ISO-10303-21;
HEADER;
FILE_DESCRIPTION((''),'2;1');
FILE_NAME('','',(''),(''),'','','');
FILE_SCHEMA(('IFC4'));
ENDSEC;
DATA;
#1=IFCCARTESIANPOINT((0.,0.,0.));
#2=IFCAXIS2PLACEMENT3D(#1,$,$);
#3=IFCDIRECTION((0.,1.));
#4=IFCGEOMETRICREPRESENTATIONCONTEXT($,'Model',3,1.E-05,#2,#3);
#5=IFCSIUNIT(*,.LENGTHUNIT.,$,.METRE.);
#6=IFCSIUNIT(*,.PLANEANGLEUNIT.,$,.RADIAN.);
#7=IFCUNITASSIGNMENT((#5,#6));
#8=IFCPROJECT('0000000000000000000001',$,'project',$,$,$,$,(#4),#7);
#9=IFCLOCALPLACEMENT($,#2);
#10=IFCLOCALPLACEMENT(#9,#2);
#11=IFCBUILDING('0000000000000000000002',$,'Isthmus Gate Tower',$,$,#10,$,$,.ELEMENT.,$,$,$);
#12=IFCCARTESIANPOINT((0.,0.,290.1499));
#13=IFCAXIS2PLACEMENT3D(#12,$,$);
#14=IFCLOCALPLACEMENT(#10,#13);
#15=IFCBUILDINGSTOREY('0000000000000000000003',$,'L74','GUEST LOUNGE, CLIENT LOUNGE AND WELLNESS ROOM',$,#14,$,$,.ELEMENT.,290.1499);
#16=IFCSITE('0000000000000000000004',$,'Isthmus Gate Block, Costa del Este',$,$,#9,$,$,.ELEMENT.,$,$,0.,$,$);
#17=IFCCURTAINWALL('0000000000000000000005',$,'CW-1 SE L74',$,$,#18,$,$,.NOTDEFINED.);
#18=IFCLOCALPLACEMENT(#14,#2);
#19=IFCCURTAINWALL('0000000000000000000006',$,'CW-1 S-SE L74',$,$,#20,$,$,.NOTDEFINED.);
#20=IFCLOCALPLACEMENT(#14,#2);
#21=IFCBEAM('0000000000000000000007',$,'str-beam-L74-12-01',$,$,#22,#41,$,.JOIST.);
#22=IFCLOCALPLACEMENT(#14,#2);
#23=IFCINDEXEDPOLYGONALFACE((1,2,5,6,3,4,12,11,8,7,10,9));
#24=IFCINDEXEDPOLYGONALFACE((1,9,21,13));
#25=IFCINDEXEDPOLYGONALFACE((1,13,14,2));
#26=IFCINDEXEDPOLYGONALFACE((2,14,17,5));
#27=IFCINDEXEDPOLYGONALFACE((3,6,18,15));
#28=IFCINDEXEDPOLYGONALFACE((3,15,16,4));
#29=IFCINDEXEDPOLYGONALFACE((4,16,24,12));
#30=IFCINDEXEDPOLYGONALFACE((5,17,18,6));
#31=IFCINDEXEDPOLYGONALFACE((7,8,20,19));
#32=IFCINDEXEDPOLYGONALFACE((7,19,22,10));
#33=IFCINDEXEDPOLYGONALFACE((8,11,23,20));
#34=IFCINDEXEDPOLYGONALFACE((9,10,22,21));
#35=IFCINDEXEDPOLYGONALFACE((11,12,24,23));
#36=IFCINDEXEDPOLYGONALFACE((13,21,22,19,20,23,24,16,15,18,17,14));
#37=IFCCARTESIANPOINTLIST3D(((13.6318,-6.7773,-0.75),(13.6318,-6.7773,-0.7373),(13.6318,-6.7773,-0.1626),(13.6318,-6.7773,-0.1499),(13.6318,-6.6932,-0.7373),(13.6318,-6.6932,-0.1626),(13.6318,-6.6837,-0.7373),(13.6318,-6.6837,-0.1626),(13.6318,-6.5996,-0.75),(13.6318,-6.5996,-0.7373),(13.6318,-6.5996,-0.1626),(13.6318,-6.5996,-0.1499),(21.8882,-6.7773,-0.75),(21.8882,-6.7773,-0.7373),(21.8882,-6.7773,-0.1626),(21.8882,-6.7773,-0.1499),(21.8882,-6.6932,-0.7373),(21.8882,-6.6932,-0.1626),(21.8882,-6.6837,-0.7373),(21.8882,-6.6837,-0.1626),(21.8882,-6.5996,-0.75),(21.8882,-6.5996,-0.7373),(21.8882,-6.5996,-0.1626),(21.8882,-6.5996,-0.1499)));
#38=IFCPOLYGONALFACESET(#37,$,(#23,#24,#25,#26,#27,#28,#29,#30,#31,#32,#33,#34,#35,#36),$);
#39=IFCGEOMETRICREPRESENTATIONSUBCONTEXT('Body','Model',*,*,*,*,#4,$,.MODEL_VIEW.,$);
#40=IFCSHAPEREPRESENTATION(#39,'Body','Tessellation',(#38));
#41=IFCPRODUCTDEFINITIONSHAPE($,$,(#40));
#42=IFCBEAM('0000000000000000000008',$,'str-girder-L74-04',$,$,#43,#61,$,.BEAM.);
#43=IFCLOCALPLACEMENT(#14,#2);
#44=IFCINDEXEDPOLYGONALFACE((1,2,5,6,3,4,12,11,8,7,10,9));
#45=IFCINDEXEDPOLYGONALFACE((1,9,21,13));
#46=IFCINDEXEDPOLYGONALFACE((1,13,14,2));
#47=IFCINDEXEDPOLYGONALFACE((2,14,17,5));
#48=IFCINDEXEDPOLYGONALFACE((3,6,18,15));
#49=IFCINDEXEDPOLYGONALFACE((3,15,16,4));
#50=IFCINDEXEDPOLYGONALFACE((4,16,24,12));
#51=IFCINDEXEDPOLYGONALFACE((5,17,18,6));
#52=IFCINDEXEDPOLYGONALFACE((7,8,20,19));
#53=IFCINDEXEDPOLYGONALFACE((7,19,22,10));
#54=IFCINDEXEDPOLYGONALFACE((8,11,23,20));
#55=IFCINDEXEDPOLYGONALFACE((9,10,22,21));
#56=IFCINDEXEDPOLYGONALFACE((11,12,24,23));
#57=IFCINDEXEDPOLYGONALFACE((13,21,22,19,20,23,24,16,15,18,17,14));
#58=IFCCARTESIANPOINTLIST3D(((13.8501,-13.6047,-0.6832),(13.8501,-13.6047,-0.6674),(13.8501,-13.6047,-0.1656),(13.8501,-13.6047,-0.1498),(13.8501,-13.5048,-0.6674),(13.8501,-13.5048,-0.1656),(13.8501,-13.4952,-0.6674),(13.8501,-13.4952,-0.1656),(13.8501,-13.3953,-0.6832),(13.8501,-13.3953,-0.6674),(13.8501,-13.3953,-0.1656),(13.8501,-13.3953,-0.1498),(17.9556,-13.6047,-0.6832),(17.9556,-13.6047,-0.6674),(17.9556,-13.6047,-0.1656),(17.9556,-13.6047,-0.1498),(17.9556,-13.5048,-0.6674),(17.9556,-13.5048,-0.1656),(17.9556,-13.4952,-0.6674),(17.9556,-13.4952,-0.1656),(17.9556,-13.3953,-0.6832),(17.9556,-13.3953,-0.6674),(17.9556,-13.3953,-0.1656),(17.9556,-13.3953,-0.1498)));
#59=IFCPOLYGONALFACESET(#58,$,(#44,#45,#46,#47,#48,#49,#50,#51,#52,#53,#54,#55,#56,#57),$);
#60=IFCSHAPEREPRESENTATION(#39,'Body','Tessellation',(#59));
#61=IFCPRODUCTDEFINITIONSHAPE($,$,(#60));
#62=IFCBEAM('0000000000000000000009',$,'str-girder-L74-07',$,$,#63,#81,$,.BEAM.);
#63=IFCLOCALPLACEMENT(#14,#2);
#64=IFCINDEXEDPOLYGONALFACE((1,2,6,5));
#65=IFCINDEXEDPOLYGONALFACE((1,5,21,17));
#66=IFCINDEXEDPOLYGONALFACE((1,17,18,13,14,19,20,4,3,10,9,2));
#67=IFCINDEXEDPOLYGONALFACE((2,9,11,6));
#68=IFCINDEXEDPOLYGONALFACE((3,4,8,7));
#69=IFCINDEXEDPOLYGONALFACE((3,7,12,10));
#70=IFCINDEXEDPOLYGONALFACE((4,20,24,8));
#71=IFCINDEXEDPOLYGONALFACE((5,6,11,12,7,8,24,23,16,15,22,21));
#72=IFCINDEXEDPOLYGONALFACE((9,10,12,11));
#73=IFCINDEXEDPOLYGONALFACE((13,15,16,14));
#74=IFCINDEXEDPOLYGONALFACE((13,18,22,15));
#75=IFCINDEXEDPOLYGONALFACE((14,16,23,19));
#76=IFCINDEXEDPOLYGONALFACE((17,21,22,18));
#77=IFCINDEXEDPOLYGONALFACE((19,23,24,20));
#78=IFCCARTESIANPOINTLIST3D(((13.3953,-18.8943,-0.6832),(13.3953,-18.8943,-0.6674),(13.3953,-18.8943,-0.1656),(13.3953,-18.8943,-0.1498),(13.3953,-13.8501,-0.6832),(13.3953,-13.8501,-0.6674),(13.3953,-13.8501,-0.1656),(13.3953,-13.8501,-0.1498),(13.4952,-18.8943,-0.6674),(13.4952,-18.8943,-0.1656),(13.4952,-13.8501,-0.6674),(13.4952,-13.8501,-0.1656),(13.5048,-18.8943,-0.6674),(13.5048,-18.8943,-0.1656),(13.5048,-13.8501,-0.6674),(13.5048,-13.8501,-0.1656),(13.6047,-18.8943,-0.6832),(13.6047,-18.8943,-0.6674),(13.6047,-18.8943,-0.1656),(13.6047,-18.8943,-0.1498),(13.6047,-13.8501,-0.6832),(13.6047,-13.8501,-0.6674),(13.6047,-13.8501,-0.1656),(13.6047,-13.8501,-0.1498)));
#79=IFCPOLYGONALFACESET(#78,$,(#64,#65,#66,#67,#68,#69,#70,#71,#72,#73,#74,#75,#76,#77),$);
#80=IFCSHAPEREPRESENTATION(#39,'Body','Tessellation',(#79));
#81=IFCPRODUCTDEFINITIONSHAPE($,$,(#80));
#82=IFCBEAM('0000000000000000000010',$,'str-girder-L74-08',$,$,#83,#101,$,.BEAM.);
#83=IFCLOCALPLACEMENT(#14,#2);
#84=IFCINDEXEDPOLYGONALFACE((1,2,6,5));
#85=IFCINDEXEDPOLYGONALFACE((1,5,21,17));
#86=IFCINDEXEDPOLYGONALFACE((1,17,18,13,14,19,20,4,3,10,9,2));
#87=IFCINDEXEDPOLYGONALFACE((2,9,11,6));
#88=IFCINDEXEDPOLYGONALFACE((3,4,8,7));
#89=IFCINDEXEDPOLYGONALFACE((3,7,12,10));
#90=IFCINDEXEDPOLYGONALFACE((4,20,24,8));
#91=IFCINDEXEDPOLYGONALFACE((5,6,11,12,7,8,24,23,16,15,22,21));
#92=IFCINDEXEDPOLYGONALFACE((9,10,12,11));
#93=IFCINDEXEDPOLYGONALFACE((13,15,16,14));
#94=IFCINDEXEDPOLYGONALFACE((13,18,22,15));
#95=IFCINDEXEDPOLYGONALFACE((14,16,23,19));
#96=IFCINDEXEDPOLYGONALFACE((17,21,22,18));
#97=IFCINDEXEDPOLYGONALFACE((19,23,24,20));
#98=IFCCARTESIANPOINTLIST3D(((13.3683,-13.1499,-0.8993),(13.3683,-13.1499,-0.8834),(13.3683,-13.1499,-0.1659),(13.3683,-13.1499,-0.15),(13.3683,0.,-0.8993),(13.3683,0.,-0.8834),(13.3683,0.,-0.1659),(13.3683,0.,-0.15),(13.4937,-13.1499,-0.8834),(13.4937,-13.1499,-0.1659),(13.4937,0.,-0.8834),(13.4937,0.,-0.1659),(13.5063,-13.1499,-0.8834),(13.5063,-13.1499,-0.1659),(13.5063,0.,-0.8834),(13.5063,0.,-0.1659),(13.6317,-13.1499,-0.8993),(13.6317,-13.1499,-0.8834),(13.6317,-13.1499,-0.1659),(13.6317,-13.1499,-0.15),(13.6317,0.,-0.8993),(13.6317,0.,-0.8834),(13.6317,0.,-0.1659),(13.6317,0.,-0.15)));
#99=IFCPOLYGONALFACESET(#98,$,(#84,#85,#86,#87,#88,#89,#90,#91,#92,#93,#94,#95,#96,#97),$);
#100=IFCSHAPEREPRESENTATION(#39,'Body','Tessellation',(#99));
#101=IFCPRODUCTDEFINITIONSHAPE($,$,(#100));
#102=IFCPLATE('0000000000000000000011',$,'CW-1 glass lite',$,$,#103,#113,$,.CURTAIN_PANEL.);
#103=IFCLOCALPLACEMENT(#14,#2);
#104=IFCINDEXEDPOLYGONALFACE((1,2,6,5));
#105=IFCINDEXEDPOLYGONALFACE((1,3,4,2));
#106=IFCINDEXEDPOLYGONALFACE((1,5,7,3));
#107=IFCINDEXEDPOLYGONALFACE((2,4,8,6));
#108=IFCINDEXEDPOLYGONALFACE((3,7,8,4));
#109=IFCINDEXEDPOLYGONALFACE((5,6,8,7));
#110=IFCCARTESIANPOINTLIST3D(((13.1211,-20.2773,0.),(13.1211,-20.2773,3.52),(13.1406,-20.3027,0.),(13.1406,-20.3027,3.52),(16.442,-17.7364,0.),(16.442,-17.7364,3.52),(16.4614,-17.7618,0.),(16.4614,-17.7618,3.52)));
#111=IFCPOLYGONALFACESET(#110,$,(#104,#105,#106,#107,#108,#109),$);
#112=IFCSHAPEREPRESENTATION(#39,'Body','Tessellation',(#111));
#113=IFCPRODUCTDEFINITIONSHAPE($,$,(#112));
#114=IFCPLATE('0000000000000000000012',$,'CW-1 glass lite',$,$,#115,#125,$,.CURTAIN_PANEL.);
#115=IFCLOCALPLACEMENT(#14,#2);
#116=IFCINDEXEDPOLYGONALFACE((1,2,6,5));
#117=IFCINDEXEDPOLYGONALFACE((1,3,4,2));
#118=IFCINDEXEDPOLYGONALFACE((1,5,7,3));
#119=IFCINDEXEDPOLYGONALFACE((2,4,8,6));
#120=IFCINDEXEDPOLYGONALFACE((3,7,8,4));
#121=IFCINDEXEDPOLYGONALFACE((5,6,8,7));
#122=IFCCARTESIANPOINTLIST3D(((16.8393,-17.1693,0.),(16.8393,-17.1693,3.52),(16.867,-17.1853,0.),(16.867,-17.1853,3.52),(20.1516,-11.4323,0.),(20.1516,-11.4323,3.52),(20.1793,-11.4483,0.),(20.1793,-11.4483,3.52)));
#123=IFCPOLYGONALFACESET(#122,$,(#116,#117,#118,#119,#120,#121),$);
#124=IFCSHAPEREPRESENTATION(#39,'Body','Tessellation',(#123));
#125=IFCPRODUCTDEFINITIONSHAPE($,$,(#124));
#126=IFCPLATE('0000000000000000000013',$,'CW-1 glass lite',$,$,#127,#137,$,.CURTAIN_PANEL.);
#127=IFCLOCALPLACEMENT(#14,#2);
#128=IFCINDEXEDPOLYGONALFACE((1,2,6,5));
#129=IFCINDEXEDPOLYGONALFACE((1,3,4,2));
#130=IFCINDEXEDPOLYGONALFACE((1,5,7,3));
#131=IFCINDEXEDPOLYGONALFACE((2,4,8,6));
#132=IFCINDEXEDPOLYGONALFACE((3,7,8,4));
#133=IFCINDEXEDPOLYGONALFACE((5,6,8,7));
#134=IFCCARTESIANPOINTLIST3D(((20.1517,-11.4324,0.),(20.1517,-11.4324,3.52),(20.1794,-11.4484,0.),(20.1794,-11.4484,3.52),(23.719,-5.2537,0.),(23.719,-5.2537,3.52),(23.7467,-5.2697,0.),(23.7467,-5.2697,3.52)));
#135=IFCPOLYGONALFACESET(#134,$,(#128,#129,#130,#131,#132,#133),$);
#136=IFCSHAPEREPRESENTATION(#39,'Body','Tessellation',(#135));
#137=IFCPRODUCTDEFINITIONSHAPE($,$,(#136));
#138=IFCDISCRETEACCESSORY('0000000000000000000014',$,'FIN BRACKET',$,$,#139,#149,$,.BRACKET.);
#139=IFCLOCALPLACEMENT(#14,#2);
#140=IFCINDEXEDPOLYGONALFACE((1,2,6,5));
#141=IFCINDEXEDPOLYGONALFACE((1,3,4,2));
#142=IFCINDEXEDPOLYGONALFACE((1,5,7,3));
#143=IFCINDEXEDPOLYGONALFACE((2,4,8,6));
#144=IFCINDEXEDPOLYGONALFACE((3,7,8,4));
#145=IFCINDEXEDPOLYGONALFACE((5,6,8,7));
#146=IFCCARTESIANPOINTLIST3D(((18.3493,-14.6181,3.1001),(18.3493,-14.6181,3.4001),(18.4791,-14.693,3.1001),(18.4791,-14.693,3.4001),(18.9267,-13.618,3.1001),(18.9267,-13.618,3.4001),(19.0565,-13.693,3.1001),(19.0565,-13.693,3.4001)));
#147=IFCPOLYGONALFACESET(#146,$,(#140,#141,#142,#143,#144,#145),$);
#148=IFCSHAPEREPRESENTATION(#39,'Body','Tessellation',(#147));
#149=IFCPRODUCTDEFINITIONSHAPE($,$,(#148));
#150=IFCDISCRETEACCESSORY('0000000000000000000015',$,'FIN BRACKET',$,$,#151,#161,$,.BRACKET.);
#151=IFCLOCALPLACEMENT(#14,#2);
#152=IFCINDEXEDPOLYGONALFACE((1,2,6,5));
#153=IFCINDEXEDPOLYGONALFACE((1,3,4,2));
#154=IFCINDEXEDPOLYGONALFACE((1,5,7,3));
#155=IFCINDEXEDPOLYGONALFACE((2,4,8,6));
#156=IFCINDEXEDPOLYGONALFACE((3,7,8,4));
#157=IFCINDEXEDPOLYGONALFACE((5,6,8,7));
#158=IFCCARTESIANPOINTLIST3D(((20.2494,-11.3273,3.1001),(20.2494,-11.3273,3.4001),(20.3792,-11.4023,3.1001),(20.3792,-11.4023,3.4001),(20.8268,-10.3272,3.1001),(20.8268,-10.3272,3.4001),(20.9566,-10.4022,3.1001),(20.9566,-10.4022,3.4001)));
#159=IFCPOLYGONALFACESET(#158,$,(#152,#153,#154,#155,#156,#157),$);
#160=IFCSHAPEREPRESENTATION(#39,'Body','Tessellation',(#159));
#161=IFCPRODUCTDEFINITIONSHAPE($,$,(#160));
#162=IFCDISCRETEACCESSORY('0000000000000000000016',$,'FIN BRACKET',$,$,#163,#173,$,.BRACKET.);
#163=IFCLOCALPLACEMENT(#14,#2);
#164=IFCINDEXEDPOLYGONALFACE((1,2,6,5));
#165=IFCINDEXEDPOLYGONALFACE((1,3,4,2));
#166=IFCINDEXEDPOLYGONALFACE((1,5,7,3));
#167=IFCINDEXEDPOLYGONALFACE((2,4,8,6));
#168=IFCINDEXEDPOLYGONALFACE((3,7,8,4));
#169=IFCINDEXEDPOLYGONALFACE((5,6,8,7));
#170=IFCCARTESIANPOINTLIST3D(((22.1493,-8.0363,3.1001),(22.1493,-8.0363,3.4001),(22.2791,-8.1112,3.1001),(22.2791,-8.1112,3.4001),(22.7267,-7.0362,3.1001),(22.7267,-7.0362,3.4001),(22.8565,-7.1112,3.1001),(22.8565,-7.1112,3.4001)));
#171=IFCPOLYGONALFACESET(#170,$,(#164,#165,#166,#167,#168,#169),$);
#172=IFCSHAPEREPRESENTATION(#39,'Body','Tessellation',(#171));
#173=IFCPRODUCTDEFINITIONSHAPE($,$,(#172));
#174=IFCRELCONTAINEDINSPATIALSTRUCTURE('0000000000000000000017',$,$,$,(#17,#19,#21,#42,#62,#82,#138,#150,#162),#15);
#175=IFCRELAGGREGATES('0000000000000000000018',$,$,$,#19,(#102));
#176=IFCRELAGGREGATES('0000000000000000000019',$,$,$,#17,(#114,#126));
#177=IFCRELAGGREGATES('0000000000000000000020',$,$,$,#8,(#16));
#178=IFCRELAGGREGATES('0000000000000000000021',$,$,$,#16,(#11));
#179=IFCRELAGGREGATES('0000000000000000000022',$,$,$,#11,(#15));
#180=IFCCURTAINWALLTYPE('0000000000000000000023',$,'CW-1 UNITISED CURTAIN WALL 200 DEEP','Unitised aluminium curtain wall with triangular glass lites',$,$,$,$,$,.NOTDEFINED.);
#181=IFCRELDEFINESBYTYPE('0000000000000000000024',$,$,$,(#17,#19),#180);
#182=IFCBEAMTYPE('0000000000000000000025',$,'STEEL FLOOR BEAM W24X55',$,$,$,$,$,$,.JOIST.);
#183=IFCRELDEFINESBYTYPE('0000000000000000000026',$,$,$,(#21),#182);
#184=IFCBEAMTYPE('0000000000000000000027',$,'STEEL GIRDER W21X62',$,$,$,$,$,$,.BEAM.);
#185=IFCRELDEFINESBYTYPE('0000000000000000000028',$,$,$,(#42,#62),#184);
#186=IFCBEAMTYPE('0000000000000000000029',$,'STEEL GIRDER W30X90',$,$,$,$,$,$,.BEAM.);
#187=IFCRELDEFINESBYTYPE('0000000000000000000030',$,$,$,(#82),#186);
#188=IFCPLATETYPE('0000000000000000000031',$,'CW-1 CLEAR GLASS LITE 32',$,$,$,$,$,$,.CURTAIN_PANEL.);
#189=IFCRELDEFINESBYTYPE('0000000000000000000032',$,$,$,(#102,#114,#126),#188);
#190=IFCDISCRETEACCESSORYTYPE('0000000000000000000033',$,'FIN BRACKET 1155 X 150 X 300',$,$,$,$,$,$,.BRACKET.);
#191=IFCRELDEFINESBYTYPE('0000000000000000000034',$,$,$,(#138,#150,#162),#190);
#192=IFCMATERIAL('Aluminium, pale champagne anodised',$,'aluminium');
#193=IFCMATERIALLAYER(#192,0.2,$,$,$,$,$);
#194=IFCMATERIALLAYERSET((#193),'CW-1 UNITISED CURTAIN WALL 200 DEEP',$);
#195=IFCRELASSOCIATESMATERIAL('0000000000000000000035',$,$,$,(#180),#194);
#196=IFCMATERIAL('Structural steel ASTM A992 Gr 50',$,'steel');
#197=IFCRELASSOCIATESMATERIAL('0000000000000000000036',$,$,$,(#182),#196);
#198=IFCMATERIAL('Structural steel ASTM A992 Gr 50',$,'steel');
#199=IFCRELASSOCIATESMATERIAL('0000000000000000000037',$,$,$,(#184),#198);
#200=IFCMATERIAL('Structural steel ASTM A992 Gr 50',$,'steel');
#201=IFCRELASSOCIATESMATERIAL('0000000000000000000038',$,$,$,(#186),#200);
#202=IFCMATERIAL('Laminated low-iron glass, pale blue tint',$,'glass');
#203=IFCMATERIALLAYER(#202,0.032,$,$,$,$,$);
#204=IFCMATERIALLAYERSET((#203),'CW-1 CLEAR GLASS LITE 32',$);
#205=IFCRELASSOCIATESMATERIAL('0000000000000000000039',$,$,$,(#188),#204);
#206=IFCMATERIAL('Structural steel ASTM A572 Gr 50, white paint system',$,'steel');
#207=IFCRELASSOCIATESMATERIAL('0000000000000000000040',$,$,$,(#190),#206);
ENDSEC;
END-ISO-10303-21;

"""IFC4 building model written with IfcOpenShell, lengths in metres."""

from ifc_helpers import new_model, si_unit, direction, frame, origin, origin_2d, place, context, subcontext, project, spatial, rectangle, i_section, extrude, material, layer, layer_set, material_profile, profile_set, type_object, element, aggregate, save


model = new_model("IFC4")

# Units and contexts
model_context = context("Model", 3, precision=1e-05, world=origin(), true_north=direction((0.0, 1.0)))
body_context = subcontext(model_context, "Body", "Model", "MODEL_VIEW")
ifc_project = project(units=[si_unit("LENGTHUNIT", "METRE"), si_unit("PLANEANGLEUNIT", "RADIAN")], contexts=[model_context])

# Site, building, storey
site_placement = place(None, origin())
site = spatial("IfcSite", under=ifc_project, at=site_placement, Name="Isthmus Gate Block, Costa del Este", CompositionType="ELEMENT", RefElevation=0.0)
building_placement = place(site_placement, origin())
building = spatial("IfcBuilding", under=site, at=building_placement, Name="Isthmus Gate Tower", CompositionType="ELEMENT")
storey_placement = place(building_placement, frame((0.0, 0.0, 290.1499)))
storey = spatial("IfcBuildingStorey", under=building, at=storey_placement, Name="L74", Description="GUEST LOUNGE, CLIENT LOUNGE AND WELLNESS ROOM", CompositionType="ELEMENT", Elevation=290.1499)

# Curtain walls
ifc_material_1 = material(Name="Aluminium, pale champagne anodised", Category="aluminium")
ifc_layer_1 = layer(ifc_material_1, 0.2)
ifc_layer_set_1 = layer_set([ifc_layer_1], Name="CW-1 UNITISED CURTAIN WALL 200 DEEP")
curtain_wall_type = type_object("IfcCurtainWallType", Name="CW-1 UNITISED CURTAIN WALL 200 DEEP", Description="Unitised aluminium curtain wall with triangular glass lites", PredefinedType="NOTDEFINED", material=ifc_layer_set_1)
curtain_wall_1_placement = place(storey_placement, origin())
curtain_wall_1 = element("IfcCurtainWall", 1, at=curtain_wall_1_placement, inside=storey, type_object=curtain_wall_type, Name="CW-1 SE L74", PredefinedType="NOTDEFINED")
curtain_wall_2_placement = place(storey_placement, origin())
curtain_wall_2 = element("IfcCurtainWall", 2, at=curtain_wall_2_placement, inside=storey, type_object=curtain_wall_type, Name="CW-1 S-SE L74", PredefinedType="NOTDEFINED")

# Beams
ifc_material_2 = material(Name="Structural steel ASTM A992 Gr 50", Category="steel")
ifc_material_profile_1 = material_profile(ifc_material_2, i_section(OverallWidth=0.1777, OverallDepth=0.6001, WebThickness=0.0095, FlangeThickness=0.0127, at=origin_2d()), Name="W24X55")
ifc_profile_set_1 = profile_set([ifc_material_profile_1], Name="Structural steel ASTM A992 Gr 50")
beam_type_1 = type_object("IfcBeamType", Name="STEEL FLOOR BEAM W24X55", PredefinedType="JOIST", material=ifc_profile_set_1)
beam_1_placement = place(storey_placement, frame((13.6318, -6.6885, -0.45), z_axis=(1.0, 0.0, 0.0), x_axis=(0.0, 1.0, 0.0)))
element("IfcBeam", 3, at=beam_1_placement, inside=storey, type_object=beam_type_1, Name="str-beam-L74-12-01", PredefinedType="JOIST", context=body_context, shape_type="SweptSolid", body=[
    extrude(i_section(OverallWidth=0.1777, OverallDepth=0.6001, WebThickness=0.0095, FlangeThickness=0.0127, at=origin_2d()), origin(), (0.0, 0.0, 1.0), 8.2563),
])
ifc_material_3 = material(Name="Structural steel ASTM A992 Gr 50", Category="steel")
ifc_material_profile_2 = material_profile(ifc_material_3, i_section(OverallWidth=0.2095, OverallDepth=0.5334, WebThickness=0.0095, FlangeThickness=0.0159, at=origin_2d()), Name="W21X62")
ifc_profile_set_2 = profile_set([ifc_material_profile_2], Name="Structural steel ASTM A992 Gr 50")
beam_type_2 = type_object("IfcBeamType", Name="STEEL GIRDER W21X62", PredefinedType="BEAM", material=ifc_profile_set_2)
beam_2_placement = place(storey_placement, frame((13.8501, -13.5, -0.4165), z_axis=(1.0, 0.0, 0.0), x_axis=(0.0, 1.0, 0.0)))
element("IfcBeam", 4, at=beam_2_placement, inside=storey, type_object=beam_type_2, Name="str-girder-L74-04", PredefinedType="BEAM", context=body_context, shape_type="SweptSolid", body=[
    extrude(i_section(OverallWidth=0.2095, OverallDepth=0.5334, WebThickness=0.0095, FlangeThickness=0.0159, at=origin_2d()), origin(), (0.0, 0.0, 1.0), 4.1055),
])
beam_3_placement = place(storey_placement, frame((13.5, -18.8943, -0.4165), z_axis=(0.0, 1.0, 0.0), x_axis=(-1.0, 0.0, 0.0)))
element("IfcBeam", 5, at=beam_3_placement, inside=storey, type_object=beam_type_2, Name="str-girder-L74-07", PredefinedType="BEAM", context=body_context, shape_type="SweptSolid", body=[
    extrude(i_section(OverallWidth=0.2095, OverallDepth=0.5334, WebThickness=0.0095, FlangeThickness=0.0159, at=origin_2d()), origin(), (0.0, 0.0, 1.0), 5.0442),
])
ifc_material_4 = material(Name="Structural steel ASTM A992 Gr 50", Category="steel")
ifc_material_profile_3 = material_profile(ifc_material_4, i_section(OverallWidth=0.2634, OverallDepth=0.7493, WebThickness=0.0127, FlangeThickness=0.0159, at=origin_2d()), Name="W30X90")
ifc_profile_set_3 = profile_set([ifc_material_profile_3], Name="Structural steel ASTM A992 Gr 50")
beam_type_3 = type_object("IfcBeamType", Name="STEEL GIRDER W30X90", PredefinedType="BEAM", material=ifc_profile_set_3)
beam_4_placement = place(storey_placement, frame((13.5, -13.1499, -0.5247), z_axis=(0.0, 1.0, 0.0), x_axis=(-1.0, 0.0, 0.0)))
element("IfcBeam", 6, at=beam_4_placement, inside=storey, type_object=beam_type_3, Name="str-girder-L74-08", PredefinedType="BEAM", context=body_context, shape_type="SweptSolid", body=[
    extrude(i_section(OverallWidth=0.2634, OverallDepth=0.7493, WebThickness=0.0127, FlangeThickness=0.0159, at=origin_2d()), origin(), (0.0, 0.0, 1.0), 13.1499),
])

# Plates
ifc_material_5 = material(Name="Laminated low-iron glass, pale blue tint", Category="glass")
ifc_layer_2 = layer(ifc_material_5, 0.032)
ifc_layer_set_2 = layer_set([ifc_layer_2], Name="CW-1 CLEAR GLASS LITE 32")
plate_type = type_object("IfcPlateType", Name="CW-1 CLEAR GLASS LITE 32", PredefinedType="CURTAIN_PANEL", material=ifc_layer_set_2)
plate_1_placement = place(storey_placement, frame((14.7913, -19.0195, 0.0), z_axis=(0.0, 0.0, 1.0), x_axis=(0.794189, 0.607671, 0.0)))
plate_1 = element("IfcPlate", 7, at=plate_1_placement, type_object=plate_type, Name="CW-1 glass lite", PredefinedType="CURTAIN_PANEL", context=body_context, shape_type="SweptSolid", body=[
    extrude(rectangle(XDim=4.1814, YDim=0.032, at=origin_2d()), origin(), (0.0, 0.0, 1.0), 3.52),
])
aggregate(curtain_wall_2, [plate_1])
plate_2_placement = place(storey_placement, frame((18.5093, -14.3088, 0.0), z_axis=(0.0, 0.0, 1.0), x_axis=(0.5, 0.866025, 0.0)))
plate_2 = element("IfcPlate", 8, at=plate_2_placement, type_object=plate_type, Name="CW-1 glass lite", PredefinedType="CURTAIN_PANEL", context=body_context, shape_type="SweptSolid", body=[
    extrude(rectangle(XDim=6.6245, YDim=0.032, at=origin_2d()), origin(), (0.0, 0.0, 1.0), 3.52),
])
plate_3_placement = place(storey_placement, frame((21.9492, -8.3511, 0.0), z_axis=(0.0, 0.0, 1.0), x_axis=(0.5, 0.866025, 0.0)))
plate_3 = element("IfcPlate", 9, at=plate_3_placement, type_object=plate_type, Name="CW-1 glass lite", PredefinedType="CURTAIN_PANEL", context=body_context, shape_type="SweptSolid", body=[
    extrude(rectangle(XDim=7.1345, YDim=0.032, at=origin_2d()), origin(), (0.0, 0.0, 1.0), 3.52),
])
aggregate(curtain_wall_1, [plate_2, plate_3])

# Discrete accessories
ifc_material_6 = material(Name="Structural steel ASTM A572 Gr 50, white paint system", Category="steel")
discrete_accessory_type = type_object("IfcDiscreteAccessoryType", Name="FIN BRACKET 1155 X 150 X 300", PredefinedType="BRACKET", material=ifc_material_6)
for number, where, z_axis, x_axis, name in (
    (10, (18.7029, -14.1555, 3.1001), (0.0, 0.0, 1.0), (0.866025, -0.5, 0.0), "FIN BRACKET"),
    (11, (20.603, -10.8647, 3.1001), (0.0, 0.0, 1.0), (0.866025, -0.5, 0.0), "FIN BRACKET"),
    (12, (22.5029, -7.5737, 3.1001), (0.0, 0.0, 1.0), (0.866025, -0.5, 0.0), "FIN BRACKET"),
):
    element("IfcDiscreteAccessory", number, at=place(storey_placement, frame(where, z_axis=z_axis, x_axis=x_axis)), inside=storey, type_object=discrete_accessory_type, Name=name, PredefinedType="BRACKET", context=body_context, shape_type="SweptSolid", body=[
        extrude(rectangle(XDim=0.1499, YDim=1.1548, at=origin_2d()), origin(), (0.0, 0.0, 1.0), 0.3),
    ])

save(model, "model.ifc")
